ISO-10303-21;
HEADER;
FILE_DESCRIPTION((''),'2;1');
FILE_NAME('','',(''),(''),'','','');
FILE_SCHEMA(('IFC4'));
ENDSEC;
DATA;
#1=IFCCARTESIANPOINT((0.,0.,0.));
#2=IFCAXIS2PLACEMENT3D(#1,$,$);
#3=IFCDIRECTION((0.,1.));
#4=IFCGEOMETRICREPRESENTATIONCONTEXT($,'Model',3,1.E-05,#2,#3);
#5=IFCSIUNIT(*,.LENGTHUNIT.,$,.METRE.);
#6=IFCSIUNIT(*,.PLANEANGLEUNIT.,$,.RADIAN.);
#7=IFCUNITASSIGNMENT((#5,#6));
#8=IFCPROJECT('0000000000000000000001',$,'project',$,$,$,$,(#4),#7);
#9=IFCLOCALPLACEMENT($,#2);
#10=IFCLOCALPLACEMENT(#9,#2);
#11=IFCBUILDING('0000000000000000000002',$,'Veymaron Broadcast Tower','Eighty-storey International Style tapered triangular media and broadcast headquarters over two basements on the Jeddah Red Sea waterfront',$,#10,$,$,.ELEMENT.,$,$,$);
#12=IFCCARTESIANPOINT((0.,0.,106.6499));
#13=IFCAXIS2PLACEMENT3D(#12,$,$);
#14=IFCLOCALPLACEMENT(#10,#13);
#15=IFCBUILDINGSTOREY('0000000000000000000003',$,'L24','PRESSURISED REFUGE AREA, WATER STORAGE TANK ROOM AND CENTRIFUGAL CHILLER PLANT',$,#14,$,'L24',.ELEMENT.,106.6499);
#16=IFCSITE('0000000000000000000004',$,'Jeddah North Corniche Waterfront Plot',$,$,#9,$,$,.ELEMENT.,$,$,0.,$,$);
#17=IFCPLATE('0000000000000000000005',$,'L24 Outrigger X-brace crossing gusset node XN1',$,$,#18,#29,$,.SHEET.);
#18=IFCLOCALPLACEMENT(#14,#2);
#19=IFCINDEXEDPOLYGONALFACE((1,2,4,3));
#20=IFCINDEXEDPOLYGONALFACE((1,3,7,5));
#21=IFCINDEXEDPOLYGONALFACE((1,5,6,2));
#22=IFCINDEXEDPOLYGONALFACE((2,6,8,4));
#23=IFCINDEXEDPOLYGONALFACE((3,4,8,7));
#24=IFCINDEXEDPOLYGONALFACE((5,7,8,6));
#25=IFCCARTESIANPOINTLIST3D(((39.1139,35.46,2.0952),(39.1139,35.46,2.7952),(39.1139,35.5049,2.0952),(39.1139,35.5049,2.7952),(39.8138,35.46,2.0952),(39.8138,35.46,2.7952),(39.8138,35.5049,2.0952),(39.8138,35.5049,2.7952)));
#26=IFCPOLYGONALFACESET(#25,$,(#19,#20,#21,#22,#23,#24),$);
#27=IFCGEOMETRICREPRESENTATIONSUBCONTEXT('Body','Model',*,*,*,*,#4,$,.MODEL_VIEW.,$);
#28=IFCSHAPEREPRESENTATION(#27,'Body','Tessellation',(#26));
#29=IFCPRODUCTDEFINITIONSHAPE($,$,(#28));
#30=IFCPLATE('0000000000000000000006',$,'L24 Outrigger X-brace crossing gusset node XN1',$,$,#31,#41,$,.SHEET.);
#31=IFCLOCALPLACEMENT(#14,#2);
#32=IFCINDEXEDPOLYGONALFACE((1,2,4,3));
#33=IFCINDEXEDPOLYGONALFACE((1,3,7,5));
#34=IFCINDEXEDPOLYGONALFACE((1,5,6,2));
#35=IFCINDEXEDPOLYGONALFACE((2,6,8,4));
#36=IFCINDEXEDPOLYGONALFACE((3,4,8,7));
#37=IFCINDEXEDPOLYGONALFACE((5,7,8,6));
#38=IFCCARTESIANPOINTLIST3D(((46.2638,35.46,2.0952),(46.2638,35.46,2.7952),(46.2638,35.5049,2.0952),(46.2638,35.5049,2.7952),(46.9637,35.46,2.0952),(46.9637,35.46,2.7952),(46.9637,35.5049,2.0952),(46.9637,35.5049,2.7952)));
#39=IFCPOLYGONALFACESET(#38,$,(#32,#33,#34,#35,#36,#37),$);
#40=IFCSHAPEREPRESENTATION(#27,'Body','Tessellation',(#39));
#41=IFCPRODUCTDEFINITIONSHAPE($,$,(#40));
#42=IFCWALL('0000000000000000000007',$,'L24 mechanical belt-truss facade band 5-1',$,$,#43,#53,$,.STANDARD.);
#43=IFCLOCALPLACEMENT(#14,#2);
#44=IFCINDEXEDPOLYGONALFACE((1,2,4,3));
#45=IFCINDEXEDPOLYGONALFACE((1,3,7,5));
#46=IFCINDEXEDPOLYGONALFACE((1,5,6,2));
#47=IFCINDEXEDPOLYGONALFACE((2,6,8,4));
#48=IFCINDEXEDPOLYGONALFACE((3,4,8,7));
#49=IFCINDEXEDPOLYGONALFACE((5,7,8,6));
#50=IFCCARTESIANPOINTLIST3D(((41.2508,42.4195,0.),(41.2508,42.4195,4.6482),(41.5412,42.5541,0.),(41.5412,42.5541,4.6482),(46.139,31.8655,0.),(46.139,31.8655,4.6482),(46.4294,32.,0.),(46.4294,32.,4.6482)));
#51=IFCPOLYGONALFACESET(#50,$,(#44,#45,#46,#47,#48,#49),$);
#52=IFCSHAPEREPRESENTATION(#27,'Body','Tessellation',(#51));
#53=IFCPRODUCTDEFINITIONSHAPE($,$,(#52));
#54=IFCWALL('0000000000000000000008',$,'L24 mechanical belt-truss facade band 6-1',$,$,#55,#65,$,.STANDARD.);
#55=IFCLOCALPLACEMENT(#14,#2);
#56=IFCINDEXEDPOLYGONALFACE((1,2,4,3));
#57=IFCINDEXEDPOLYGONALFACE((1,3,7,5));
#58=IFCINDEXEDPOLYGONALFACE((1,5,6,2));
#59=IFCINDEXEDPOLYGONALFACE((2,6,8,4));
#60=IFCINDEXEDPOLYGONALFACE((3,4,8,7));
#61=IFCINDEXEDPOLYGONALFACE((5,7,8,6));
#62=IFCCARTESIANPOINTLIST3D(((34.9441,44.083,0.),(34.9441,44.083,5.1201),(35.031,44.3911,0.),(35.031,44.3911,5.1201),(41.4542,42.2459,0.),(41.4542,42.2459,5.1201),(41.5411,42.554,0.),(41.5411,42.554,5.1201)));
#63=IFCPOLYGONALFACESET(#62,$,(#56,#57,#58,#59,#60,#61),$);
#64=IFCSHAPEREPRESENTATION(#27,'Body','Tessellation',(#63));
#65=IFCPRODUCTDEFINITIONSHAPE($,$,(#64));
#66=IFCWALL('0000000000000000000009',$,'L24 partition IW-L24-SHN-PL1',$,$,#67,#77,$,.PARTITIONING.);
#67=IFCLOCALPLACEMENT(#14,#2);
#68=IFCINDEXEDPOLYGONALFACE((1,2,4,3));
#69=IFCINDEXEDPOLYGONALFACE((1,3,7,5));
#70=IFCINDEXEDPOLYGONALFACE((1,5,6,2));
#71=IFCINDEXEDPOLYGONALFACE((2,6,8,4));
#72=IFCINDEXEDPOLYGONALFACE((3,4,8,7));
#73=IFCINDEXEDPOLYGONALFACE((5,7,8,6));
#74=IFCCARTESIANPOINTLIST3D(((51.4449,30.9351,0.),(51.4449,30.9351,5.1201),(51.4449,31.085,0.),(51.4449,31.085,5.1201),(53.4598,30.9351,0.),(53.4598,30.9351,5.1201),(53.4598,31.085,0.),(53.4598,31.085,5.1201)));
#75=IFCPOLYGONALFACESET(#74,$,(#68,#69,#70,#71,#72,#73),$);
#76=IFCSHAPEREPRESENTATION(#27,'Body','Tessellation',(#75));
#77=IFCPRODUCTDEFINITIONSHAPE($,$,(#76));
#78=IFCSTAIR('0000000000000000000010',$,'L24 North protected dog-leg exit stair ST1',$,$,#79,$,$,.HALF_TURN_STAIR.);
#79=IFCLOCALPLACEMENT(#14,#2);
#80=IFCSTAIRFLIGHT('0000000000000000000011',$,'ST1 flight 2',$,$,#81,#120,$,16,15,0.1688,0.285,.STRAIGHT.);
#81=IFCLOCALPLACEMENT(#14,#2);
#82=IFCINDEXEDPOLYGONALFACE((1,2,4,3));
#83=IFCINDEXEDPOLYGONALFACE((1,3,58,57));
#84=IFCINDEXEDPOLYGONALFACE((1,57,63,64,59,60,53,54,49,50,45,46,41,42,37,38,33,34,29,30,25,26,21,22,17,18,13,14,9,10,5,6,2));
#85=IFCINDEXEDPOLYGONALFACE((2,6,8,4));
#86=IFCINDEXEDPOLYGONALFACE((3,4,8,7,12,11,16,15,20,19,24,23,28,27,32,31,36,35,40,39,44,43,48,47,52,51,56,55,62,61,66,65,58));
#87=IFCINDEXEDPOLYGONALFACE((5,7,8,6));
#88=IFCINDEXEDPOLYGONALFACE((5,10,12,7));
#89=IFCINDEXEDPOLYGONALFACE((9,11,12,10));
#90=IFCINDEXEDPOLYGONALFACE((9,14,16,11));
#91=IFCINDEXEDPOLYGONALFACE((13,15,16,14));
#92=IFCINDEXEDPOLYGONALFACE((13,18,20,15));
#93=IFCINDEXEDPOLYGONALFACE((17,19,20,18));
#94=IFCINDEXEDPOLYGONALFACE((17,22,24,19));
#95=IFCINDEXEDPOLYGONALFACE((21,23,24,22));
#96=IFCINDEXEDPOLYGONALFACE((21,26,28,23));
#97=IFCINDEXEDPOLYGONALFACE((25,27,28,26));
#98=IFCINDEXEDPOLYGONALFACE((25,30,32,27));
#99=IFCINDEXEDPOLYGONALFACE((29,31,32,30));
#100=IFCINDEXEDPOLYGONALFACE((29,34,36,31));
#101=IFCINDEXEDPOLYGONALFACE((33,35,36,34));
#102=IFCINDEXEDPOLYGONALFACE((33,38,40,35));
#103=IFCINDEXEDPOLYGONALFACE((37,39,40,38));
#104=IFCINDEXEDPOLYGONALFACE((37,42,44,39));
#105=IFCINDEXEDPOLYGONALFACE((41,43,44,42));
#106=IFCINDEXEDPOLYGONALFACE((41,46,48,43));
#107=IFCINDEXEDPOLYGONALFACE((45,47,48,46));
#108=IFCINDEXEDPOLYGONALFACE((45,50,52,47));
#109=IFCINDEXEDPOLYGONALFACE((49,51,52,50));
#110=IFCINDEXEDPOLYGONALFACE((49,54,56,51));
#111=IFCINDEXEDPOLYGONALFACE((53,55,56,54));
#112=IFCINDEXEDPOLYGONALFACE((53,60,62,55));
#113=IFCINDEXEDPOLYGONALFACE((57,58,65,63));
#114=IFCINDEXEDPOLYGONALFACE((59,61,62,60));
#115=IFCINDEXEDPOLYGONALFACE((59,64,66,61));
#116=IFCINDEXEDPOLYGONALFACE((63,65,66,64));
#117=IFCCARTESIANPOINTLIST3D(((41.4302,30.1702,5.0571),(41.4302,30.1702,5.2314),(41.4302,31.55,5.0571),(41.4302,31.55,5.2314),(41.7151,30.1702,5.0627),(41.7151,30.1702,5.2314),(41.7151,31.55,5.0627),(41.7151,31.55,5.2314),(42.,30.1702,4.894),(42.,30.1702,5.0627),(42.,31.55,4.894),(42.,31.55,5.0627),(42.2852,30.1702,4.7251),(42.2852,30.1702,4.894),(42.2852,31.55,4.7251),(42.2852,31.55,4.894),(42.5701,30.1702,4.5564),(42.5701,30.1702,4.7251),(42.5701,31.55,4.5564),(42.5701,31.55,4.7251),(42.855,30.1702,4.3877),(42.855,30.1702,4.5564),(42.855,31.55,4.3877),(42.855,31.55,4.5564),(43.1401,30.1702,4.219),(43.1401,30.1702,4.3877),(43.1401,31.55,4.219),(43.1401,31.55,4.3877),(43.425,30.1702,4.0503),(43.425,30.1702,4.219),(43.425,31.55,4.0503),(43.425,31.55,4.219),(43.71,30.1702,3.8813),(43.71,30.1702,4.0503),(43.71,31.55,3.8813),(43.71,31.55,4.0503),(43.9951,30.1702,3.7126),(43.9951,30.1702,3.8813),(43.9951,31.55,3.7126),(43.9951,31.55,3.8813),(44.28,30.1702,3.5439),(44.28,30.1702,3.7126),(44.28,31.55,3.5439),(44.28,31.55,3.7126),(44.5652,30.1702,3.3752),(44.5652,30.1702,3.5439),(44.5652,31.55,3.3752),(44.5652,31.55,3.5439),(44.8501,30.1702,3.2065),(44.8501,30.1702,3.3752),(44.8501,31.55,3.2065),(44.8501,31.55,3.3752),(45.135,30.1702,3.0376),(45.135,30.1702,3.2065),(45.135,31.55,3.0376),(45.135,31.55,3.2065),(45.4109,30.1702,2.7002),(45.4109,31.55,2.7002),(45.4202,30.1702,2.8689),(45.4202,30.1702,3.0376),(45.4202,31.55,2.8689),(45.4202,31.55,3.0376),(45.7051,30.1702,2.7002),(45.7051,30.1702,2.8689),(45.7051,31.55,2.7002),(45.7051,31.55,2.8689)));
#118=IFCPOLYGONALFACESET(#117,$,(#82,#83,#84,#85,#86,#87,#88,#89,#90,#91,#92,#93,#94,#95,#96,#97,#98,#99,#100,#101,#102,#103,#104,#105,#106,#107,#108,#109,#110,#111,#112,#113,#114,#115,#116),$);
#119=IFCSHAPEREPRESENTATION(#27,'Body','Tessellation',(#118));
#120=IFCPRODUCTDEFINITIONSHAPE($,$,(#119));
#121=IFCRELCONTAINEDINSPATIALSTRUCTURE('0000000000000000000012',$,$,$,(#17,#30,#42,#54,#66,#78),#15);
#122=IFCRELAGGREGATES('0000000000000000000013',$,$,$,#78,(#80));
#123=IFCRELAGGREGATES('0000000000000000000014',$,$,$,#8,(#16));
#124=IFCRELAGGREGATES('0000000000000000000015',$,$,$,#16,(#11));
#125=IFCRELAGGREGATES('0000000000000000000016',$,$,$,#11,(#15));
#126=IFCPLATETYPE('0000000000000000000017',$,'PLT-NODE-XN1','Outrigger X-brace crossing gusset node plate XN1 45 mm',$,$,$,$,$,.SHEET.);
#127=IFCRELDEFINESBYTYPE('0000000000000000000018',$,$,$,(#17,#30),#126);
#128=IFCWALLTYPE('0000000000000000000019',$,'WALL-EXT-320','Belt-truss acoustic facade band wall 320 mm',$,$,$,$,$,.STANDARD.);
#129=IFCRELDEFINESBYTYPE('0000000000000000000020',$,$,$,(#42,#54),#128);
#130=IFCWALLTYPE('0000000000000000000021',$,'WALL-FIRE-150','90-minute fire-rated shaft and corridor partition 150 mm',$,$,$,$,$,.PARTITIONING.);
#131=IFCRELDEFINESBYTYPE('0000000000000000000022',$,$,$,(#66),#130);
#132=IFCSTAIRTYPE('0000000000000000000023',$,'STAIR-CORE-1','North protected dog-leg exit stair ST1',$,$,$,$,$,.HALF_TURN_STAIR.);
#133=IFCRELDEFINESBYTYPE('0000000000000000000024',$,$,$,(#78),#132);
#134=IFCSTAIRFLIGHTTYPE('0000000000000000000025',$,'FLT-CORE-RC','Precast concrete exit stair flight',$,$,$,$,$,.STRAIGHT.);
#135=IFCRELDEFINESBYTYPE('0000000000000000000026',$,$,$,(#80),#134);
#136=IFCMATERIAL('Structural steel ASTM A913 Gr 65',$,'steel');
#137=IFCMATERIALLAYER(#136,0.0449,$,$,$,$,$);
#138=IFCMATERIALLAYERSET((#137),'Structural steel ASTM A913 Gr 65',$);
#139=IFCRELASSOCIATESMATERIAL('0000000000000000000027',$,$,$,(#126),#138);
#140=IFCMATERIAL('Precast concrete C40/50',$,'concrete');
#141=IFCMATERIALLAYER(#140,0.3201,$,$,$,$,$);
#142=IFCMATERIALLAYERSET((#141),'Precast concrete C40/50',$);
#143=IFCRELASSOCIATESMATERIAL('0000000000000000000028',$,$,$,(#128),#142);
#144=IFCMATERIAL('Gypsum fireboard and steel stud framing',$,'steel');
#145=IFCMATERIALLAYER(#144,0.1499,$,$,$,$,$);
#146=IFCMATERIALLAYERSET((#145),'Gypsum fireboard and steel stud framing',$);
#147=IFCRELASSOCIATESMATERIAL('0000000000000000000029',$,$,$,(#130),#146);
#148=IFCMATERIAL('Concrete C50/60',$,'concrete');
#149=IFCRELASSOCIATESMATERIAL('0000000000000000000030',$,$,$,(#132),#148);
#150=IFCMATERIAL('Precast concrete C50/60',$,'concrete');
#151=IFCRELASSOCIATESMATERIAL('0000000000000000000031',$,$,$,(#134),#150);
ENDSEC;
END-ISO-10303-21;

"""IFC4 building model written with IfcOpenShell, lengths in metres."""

from ifc_helpers import new_model, si_unit, direction, frame, frame_2d, origin, origin_2d, place, context, subcontext, project, spatial, polyline, rectangle, outline, extrude, material, layer, layer_set, type_object, element, aggregate, save


model = new_model("IFC4")

# Units and contexts
model_context = context("Model", 3, precision=1e-05, world=origin(), true_north=direction((0.0, 1.0)))
body_context = subcontext(model_context, "Body", "Model", "MODEL_VIEW")
ifc_project = project(units=[si_unit("LENGTHUNIT", "METRE"), si_unit("PLANEANGLEUNIT", "RADIAN")], contexts=[model_context])

# Site, building, storey
site_placement = place(None, origin())
site = spatial("IfcSite", under=ifc_project, at=site_placement, Name="Jeddah North Corniche Waterfront Plot", CompositionType="ELEMENT", RefElevation=0.0)
building_placement = place(site_placement, origin())
building = spatial("IfcBuilding", under=site, at=building_placement, Name="Veymaron Broadcast Tower", Description="Eighty-storey International Style tapered triangular media and broadcast headquarters over two basements on the Jeddah Red Sea waterfront", CompositionType="ELEMENT")
storey_placement = place(building_placement, frame((0.0, 0.0, 106.6499)))
storey = spatial("IfcBuildingStorey", under=building, at=storey_placement, Name="L24", Description="PRESSURISED REFUGE AREA, WATER STORAGE TANK ROOM AND CENTRIFUGAL CHILLER PLANT", LongName="L24", CompositionType="ELEMENT", Elevation=106.6499)

# Shared definitions
ifc_material_1 = material(Name="Structural steel ASTM A913 Gr 65", Category="steel")

# Plates
ifc_layer_1 = layer(ifc_material_1, 0.0449)
ifc_layer_set_1 = layer_set([ifc_layer_1], Name="Structural steel ASTM A913 Gr 65")
plate_type_1 = type_object("IfcPlateType", Name="PLT-NODE-XN1", Description="Outrigger X-brace crossing gusset node plate XN1 45 mm", PredefinedType="SHEET", material=ifc_layer_set_1)
for number, where, z_axis, x_axis, name in (
    (1, (39.4639, 35.4824, 2.0952), (0.0, 0.0, 1.0), (1.0, 0.0, 0.0), "L24 Outrigger X-brace crossing gusset node XN1"),
    (2, (46.6138, 35.4824, 2.0952), (0.0, 0.0, 1.0), (1.0, 0.0, 0.0), "L24 Outrigger X-brace crossing gusset node XN1"),
):
    element("IfcPlate", number, at=place(storey_placement, frame(where, z_axis=z_axis, x_axis=x_axis)), inside=storey, type_object=plate_type_1, Name=name, PredefinedType="SHEET", context=body_context, shape_type="SweptSolid", body=[
        extrude(rectangle(XDim=0.7, YDim=0.0449, at=origin_2d()), origin(), (0.0, 0.0, 1.0), 0.7),
    ])

# Walls
ifc_material_2 = material(Name="Precast concrete C40/50", Category="concrete")
ifc_layer_2 = layer(ifc_material_2, 0.3201)
ifc_layer_set_2 = layer_set([ifc_layer_2], Name="Precast concrete C40/50")
wall_type_1 = type_object("IfcWallType", Name="WALL-EXT-320", Description="Belt-truss acoustic facade band wall 320 mm", PredefinedType="STANDARD", material=ifc_layer_set_2)
wall_1_placement = place(storey_placement, frame((46.2842, 31.9329, 0.0), z_axis=(0.0, 0.0, 1.0), x_axis=(-0.420272, 0.907398, 0.0)))
element("IfcWall", 3, at=wall_1_placement, inside=storey, type_object=wall_type_1, Name="L24 mechanical belt-truss facade band 5-1", PredefinedType="STANDARD", context=body_context, shape_type="SweptSolid", body=[
    extrude(rectangle(XDim=11.6311, YDim=0.3201, at=frame_2d((5.8154, 0.0))), origin(), (0.0, 0.0, 1.0), 4.6482),
])
wall_2_placement = place(storey_placement, frame((41.4978, 42.3999, 0.0), z_axis=(0.0, 0.0, 1.0), x_axis=(-0.962414, 0.271588, 0.0)))
element("IfcWall", 4, at=wall_2_placement, inside=storey, type_object=wall_type_1, Name="L24 mechanical belt-truss facade band 6-1", PredefinedType="STANDARD", context=body_context, shape_type="SweptSolid", body=[
    extrude(rectangle(XDim=6.7644, YDim=0.3201, at=frame_2d((3.3823, 0.0))), origin(), (0.0, 0.0, 1.0), 5.1201),
])
ifc_material_3 = material(Name="Gypsum fireboard and steel stud framing", Category="steel")
ifc_layer_3 = layer(ifc_material_3, 0.1499)
ifc_layer_set_3 = layer_set([ifc_layer_3], Name="Gypsum fireboard and steel stud framing")
wall_type_2 = type_object("IfcWallType", Name="WALL-FIRE-150", Description="90-minute fire-rated shaft and corridor partition 150 mm", PredefinedType="PARTITIONING", material=ifc_layer_set_3)
wall_3_placement = place(storey_placement, frame((51.4451, 31.01, 0.0), z_axis=(0.0, 0.0, 1.0), x_axis=(1.0, 0.0, 0.0)))
element("IfcWall", 5, at=wall_3_placement, inside=storey, type_object=wall_type_2, Name="L24 partition IW-L24-SHN-PL1", PredefinedType="PARTITIONING", context=body_context, shape_type="SweptSolid", body=[
    extrude(rectangle(XDim=2.0149, YDim=0.1499, at=frame_2d((1.0073, 0.0))), origin(), (0.0, 0.0, 1.0), 5.1201),
])

# Stair, stair flight
ifc_material_4 = material(Name="Concrete C50/60", Category="concrete")
stair_type = type_object("IfcStairType", Name="STAIR-CORE-1", Description="North protected dog-leg exit stair ST1", PredefinedType="HALF_TURN_STAIR", material=ifc_material_4)
stair_placement = place(storey_placement, origin())
stair = element("IfcStair", 6, at=stair_placement, inside=storey, type_object=stair_type, Name="L24 North protected dog-leg exit stair ST1", PredefinedType="HALF_TURN_STAIR")
ifc_material_5 = material(Name="Precast concrete C50/60", Category="concrete")
stair_flight_type = type_object("IfcStairFlightType", Name="FLT-CORE-RC", Description="Precast concrete exit stair flight", PredefinedType="STRAIGHT", material=ifc_material_5)
stair_flight_placement = place(storey_placement, frame((45.7051, 30.8601, 2.7002), z_axis=(0.0, 0.0, 1.0), x_axis=(-1.0, 0.0, 0.0)))
stair_flight = element("IfcStairFlight", 7, at=stair_flight_placement, type_object=stair_flight_type, Name="ST1 flight 2", NumberOfRisers=16, NumberOfTreads=15, PredefinedType="STRAIGHT", RiserHeight=0.1688, TreadLength=0.285, context=body_context, shape_type="SweptSolid", body=[
    extrude(outline(polyline([(0.0, 0.0), (0.0, 0.1687), (0.2849, 0.1687), (0.2849, 0.3374), (0.5701, 0.3374), (0.5701, 0.5063), (0.855, 0.5063), (0.855, 0.675), (1.1399, 0.675), (1.1399, 0.8438), (1.425, 0.8438), (1.425, 1.0125), (1.71, 1.0125), (1.71, 1.1812), (1.9951, 1.1812), (1.9951, 1.3501), (2.28, 1.3501), (2.28, 1.5188), (2.5649, 1.5188), (2.5649, 1.6875), (2.8501, 1.6875), (2.8501, 1.8562), (3.135, 1.8562), (3.135, 2.0249), (3.4199, 2.0249), (3.4199, 2.1938), (3.7051, 2.1938), (3.7051, 2.3625), (3.99, 2.3625), (3.99, 2.5312), (4.2749, 2.5312), (4.2749, 2.7), (4.2749, 2.3569), (0.2942, 0.0), (0.0, 0.0)])), frame((0.0, 0.6899, 0.0), z_axis=(0.0, -1.0, 0.0), x_axis=(1.0, 0.0, 0.0)), (0.0, 0.0, 1.0), 1.3799),
])
aggregate(stair, [stair_flight])

save(model, "model.ifc")
